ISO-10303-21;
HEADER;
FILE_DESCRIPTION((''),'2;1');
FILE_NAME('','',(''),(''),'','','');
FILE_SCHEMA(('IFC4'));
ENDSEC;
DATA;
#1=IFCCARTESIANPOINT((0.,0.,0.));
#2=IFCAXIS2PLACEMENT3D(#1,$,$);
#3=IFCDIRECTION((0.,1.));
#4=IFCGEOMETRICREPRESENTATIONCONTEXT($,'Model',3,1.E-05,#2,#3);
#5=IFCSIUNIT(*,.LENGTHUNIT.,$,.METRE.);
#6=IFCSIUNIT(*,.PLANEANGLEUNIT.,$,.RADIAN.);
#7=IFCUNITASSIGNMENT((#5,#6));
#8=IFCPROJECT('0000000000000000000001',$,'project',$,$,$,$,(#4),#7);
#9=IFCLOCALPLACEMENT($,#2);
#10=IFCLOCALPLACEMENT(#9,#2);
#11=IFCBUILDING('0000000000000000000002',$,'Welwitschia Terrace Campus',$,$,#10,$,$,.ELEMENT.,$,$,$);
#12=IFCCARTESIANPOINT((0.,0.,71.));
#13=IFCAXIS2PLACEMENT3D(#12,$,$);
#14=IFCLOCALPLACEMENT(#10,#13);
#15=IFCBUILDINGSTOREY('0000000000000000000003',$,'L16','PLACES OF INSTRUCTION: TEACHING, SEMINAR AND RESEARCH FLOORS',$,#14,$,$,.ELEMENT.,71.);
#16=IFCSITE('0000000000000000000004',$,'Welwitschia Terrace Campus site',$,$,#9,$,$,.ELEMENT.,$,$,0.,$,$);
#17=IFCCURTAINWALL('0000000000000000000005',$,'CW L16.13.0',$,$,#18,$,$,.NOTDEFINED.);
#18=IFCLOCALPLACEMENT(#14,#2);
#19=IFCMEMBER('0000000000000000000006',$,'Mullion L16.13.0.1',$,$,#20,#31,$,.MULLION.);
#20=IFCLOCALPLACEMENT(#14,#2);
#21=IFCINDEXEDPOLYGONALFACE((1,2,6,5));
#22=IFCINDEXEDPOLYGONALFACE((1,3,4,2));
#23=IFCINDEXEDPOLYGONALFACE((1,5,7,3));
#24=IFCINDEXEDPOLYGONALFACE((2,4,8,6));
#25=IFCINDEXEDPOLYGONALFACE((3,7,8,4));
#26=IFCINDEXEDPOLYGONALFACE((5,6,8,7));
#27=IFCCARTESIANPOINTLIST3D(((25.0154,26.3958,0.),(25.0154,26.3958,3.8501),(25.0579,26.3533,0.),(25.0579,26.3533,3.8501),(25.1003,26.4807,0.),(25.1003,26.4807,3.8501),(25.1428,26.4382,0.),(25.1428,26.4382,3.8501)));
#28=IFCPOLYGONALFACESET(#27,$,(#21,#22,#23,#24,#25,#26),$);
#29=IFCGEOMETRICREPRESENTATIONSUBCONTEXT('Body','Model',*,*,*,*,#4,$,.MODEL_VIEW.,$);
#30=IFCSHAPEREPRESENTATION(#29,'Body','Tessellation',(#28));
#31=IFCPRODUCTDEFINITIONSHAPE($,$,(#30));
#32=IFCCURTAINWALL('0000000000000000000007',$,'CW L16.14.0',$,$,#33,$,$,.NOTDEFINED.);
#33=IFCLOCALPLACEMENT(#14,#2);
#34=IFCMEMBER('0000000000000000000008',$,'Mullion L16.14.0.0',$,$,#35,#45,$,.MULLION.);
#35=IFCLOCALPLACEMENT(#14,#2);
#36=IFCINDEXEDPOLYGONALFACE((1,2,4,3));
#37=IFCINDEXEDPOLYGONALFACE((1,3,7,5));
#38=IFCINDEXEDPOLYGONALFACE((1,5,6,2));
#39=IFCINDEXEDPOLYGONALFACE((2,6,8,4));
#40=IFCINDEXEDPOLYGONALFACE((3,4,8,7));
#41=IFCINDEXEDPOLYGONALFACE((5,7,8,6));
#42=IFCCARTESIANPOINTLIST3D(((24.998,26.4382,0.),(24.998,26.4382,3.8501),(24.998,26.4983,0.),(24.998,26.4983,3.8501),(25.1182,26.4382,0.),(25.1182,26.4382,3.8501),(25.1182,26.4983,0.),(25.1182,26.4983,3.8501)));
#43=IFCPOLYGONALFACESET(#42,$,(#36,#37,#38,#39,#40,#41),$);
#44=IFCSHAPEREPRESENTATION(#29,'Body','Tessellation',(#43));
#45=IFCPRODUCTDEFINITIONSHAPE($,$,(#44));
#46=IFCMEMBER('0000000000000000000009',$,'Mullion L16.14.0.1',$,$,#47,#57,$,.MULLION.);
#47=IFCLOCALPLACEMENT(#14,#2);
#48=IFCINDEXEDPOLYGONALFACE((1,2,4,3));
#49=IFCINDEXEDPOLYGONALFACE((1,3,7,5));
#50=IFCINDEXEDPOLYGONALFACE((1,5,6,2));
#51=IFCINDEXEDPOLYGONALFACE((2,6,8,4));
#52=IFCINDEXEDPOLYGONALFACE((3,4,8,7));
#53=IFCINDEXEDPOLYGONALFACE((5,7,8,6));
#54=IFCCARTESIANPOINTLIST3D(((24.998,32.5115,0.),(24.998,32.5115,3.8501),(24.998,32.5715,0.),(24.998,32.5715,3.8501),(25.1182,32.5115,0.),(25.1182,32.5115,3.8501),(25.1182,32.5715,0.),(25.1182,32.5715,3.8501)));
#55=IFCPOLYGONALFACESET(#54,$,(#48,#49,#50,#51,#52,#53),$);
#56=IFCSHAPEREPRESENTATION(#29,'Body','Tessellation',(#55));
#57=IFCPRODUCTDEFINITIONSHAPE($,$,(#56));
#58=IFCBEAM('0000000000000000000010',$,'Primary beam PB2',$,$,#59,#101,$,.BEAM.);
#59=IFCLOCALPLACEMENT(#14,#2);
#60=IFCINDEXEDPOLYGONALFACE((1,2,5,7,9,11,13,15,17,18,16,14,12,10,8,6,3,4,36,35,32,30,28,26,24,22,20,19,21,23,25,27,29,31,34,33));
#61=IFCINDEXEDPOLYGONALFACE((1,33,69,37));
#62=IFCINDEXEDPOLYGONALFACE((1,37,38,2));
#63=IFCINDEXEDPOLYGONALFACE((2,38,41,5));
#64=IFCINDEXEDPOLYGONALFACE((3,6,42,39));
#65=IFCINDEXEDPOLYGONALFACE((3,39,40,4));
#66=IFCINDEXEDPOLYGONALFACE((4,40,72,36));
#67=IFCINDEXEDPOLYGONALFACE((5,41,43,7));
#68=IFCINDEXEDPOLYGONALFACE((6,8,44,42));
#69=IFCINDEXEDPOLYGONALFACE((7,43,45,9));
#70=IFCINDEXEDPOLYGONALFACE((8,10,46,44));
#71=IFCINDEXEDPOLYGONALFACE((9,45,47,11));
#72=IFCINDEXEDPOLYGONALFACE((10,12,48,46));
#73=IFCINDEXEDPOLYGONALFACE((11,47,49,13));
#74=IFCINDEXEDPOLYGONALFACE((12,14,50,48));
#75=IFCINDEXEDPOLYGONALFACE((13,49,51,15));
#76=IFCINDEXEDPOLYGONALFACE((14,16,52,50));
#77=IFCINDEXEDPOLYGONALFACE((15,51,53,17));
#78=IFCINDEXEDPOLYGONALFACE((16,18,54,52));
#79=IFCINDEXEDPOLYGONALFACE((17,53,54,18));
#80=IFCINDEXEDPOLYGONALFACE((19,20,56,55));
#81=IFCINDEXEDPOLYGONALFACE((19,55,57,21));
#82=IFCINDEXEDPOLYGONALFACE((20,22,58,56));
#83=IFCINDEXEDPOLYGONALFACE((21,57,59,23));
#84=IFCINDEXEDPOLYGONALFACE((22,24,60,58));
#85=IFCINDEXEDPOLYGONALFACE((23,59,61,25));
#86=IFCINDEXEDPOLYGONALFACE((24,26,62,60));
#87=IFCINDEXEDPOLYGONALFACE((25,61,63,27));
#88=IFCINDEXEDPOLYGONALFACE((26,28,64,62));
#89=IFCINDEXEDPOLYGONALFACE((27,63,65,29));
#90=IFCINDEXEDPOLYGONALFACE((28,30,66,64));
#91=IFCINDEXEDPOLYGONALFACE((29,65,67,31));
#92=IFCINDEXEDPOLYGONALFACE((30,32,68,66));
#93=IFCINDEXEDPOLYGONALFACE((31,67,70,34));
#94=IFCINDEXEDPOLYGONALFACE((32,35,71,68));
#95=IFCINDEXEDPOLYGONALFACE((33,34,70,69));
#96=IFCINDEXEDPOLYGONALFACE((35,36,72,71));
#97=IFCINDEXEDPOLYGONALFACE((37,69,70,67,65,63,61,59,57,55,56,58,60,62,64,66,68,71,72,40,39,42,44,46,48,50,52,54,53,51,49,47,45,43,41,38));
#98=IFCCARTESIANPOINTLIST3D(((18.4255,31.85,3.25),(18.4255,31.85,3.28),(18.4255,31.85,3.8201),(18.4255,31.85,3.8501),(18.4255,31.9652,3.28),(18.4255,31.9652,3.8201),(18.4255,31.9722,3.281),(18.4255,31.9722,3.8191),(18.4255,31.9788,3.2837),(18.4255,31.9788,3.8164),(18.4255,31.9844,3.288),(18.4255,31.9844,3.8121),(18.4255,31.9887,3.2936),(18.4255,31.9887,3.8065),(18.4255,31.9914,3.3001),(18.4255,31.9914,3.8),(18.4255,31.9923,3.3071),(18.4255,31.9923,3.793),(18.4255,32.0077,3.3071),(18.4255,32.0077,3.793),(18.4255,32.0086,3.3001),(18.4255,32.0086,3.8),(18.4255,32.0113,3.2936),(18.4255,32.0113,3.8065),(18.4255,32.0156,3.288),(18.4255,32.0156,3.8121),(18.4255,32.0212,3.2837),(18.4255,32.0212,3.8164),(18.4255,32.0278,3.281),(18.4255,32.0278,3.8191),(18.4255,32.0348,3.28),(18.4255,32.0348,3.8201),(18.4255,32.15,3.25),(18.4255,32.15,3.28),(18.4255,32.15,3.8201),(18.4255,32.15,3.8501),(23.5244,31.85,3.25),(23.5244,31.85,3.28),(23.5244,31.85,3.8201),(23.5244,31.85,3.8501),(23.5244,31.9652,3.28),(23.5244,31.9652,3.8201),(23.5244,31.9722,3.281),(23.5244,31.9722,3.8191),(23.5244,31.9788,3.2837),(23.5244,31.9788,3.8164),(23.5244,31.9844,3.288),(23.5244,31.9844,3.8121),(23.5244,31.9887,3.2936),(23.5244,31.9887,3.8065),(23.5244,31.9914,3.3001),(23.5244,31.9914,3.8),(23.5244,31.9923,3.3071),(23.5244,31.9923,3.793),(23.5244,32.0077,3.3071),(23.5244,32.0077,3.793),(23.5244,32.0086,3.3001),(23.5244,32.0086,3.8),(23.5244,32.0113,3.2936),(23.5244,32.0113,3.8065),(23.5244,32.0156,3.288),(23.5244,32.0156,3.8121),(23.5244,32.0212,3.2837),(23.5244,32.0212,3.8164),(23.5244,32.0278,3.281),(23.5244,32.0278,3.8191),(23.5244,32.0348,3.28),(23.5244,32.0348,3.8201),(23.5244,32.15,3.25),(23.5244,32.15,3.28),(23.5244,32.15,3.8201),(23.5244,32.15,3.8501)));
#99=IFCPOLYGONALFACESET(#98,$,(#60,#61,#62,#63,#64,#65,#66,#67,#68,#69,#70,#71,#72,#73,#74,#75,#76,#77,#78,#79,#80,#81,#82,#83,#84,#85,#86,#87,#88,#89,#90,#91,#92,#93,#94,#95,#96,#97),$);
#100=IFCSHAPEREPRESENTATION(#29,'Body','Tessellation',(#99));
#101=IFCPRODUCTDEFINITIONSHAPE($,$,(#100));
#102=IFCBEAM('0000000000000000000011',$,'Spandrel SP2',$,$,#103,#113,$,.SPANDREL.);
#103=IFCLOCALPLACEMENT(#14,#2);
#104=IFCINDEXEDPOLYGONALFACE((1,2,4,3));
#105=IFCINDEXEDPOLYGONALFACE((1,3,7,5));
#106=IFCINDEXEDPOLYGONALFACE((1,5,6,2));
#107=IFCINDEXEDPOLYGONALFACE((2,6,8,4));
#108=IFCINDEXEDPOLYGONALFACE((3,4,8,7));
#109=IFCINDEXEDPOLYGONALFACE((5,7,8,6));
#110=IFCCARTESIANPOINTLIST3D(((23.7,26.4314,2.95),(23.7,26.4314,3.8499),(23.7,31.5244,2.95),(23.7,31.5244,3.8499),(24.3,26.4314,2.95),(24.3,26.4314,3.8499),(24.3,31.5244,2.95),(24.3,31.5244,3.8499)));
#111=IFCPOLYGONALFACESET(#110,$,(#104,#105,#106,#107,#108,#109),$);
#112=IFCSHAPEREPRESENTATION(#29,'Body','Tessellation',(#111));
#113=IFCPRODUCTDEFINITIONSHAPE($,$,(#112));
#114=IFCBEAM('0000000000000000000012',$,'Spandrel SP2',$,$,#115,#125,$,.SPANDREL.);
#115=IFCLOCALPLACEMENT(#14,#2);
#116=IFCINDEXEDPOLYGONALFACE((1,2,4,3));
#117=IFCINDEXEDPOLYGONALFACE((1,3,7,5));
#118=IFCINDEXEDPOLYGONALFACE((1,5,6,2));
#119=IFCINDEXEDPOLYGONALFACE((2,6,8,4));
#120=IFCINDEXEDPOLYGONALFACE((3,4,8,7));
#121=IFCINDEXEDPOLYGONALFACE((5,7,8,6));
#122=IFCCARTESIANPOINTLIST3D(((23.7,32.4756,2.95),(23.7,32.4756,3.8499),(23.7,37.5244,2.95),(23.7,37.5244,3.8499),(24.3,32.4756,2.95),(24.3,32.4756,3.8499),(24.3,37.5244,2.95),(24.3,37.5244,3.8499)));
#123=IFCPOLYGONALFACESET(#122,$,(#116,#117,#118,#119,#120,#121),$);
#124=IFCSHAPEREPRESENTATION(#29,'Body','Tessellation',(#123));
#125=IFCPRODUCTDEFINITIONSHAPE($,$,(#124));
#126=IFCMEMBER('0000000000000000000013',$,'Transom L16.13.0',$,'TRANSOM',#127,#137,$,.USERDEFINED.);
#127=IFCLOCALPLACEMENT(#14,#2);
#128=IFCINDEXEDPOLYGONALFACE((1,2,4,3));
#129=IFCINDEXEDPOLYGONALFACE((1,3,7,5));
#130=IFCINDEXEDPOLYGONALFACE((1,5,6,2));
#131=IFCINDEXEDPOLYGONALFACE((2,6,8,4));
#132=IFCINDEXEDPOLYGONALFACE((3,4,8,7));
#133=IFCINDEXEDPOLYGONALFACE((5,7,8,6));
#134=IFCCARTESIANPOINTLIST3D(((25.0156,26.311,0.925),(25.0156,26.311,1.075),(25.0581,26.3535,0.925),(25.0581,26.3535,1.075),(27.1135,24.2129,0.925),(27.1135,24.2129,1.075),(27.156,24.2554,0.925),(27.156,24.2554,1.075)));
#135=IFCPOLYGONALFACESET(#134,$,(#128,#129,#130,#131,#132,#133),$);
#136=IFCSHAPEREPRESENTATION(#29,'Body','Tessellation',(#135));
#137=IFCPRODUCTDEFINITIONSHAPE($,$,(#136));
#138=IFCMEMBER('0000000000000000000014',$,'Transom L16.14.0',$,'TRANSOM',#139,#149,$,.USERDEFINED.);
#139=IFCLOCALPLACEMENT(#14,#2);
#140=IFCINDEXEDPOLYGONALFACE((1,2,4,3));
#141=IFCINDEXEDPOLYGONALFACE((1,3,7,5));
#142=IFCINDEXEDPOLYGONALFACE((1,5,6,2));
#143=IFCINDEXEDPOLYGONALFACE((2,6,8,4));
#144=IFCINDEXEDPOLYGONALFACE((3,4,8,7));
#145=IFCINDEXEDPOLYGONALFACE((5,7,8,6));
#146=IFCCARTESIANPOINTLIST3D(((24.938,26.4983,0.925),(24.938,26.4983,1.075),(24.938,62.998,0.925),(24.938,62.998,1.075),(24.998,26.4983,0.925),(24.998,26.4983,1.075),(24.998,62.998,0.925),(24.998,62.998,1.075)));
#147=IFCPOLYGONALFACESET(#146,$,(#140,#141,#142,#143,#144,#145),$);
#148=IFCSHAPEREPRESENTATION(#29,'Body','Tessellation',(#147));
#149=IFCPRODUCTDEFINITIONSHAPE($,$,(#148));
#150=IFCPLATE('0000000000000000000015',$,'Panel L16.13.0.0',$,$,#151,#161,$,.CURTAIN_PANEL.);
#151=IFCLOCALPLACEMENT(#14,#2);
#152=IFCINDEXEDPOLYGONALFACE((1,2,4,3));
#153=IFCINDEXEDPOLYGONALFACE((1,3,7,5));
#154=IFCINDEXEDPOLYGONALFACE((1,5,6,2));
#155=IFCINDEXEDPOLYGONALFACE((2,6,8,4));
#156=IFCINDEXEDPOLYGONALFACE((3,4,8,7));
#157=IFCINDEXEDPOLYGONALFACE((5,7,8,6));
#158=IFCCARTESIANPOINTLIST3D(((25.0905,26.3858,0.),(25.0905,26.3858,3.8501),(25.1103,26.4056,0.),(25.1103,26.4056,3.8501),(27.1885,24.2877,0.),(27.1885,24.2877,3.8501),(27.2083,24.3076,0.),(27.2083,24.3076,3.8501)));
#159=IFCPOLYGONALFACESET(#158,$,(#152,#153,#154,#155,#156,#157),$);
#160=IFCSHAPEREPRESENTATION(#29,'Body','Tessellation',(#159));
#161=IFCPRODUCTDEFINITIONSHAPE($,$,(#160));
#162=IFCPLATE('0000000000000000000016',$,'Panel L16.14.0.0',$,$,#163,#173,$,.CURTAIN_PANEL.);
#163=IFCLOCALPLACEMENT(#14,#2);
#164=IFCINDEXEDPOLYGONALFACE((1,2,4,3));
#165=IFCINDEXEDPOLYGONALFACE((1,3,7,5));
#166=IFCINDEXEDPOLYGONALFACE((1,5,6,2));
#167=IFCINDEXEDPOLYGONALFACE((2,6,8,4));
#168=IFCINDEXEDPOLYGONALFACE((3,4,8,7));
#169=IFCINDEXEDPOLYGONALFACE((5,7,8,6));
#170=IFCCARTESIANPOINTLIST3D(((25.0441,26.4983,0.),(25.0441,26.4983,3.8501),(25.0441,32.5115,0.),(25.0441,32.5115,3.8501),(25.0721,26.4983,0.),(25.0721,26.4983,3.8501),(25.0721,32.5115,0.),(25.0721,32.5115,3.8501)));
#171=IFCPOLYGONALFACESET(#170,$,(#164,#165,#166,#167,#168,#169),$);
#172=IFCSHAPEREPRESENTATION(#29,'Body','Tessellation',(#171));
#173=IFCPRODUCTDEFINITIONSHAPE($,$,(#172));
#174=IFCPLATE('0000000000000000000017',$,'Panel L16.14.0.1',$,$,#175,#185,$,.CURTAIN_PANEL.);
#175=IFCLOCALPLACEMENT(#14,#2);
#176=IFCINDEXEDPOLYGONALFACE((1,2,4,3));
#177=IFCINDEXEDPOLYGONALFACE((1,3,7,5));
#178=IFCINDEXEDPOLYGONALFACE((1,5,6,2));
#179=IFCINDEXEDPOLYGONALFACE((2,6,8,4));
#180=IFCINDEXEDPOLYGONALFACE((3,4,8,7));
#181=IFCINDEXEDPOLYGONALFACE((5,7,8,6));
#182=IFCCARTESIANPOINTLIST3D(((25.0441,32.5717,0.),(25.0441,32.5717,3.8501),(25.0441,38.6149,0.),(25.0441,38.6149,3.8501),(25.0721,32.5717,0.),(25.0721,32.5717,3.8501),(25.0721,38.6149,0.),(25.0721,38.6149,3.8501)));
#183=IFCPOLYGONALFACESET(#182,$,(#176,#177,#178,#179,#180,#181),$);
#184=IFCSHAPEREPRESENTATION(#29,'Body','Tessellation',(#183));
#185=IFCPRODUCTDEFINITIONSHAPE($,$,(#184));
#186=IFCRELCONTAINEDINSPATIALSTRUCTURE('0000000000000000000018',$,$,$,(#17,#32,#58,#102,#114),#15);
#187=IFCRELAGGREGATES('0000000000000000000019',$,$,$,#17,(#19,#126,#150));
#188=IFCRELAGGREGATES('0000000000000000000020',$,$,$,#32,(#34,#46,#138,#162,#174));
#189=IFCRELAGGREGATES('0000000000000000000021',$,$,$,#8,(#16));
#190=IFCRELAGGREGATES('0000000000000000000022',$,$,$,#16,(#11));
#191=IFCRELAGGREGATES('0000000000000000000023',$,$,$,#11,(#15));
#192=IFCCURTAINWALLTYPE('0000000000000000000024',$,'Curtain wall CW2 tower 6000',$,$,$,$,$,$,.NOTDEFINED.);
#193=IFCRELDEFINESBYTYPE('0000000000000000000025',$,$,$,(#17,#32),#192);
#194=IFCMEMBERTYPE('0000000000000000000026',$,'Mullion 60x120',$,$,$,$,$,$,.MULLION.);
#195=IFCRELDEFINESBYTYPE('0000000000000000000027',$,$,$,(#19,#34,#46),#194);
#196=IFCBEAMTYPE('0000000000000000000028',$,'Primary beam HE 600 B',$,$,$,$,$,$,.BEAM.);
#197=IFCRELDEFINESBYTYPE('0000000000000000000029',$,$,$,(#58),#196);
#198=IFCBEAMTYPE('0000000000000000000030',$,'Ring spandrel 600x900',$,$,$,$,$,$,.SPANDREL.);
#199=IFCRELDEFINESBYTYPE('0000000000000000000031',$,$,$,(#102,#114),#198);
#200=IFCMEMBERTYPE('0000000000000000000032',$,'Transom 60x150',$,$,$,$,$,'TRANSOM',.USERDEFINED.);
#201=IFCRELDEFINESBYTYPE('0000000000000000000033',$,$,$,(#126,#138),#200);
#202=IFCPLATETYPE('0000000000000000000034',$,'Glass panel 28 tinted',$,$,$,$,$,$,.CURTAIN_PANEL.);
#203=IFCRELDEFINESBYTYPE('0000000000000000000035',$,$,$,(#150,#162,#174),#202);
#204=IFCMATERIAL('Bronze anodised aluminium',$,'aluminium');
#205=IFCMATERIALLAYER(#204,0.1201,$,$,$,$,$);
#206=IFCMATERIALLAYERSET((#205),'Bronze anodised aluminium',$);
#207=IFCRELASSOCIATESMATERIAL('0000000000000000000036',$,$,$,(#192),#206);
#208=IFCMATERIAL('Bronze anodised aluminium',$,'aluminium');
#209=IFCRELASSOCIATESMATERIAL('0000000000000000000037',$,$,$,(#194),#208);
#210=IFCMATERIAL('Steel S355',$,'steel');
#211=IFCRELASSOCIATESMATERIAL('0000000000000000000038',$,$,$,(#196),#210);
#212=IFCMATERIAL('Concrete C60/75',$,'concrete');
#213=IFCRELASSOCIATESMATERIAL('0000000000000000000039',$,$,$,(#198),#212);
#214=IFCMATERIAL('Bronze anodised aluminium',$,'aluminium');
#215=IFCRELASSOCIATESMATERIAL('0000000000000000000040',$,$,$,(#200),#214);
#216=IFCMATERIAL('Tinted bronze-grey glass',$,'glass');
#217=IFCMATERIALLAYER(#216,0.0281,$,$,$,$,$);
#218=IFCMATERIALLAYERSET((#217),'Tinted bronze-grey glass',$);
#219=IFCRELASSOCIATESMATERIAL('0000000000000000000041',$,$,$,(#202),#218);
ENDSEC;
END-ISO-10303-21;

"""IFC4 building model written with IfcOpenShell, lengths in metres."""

from ifc_helpers import new_model, si_unit, direction, frame, origin, origin_2d, place, context, subcontext, project, spatial, rectangle, i_section, extrude, material, layer, layer_set, material_profile, profile_set, type_object, element, aggregate, save


model = new_model("IFC4")

# Units and contexts
model_context = context("Model", 3, precision=1e-05, world=origin(), true_north=direction((0.0, 1.0)))
body_context = subcontext(model_context, "Body", "Model", "MODEL_VIEW")
ifc_project = project(units=[si_unit("LENGTHUNIT", "METRE"), si_unit("PLANEANGLEUNIT", "RADIAN")], contexts=[model_context])

# Site, building, storey
site_placement = place(None, origin())
site = spatial("IfcSite", under=ifc_project, at=site_placement, Name="Welwitschia Terrace Campus site", CompositionType="ELEMENT", RefElevation=0.0)
building_placement = place(site_placement, origin())
building = spatial("IfcBuilding", under=site, at=building_placement, Name="Welwitschia Terrace Campus", CompositionType="ELEMENT")
storey_placement = place(building_placement, frame((0.0, 0.0, 71.0)))
storey = spatial("IfcBuildingStorey", under=building, at=storey_placement, Name="L16", Description="PLACES OF INSTRUCTION: TEACHING, SEMINAR AND RESEARCH FLOORS", CompositionType="ELEMENT", Elevation=71.0)

# Curtain walls, members
ifc_material_1 = material(Name="Bronze anodised aluminium", Category="aluminium")
ifc_layer_1 = layer(ifc_material_1, 0.1201)
ifc_layer_set_1 = layer_set([ifc_layer_1], Name="Bronze anodised aluminium")
curtain_wall_type = type_object("IfcCurtainWallType", Name="Curtain wall CW2 tower 6000", PredefinedType="NOTDEFINED", material=ifc_layer_set_1)
curtain_wall_1_placement = place(storey_placement, origin())
curtain_wall_1 = element("IfcCurtainWall", 1, at=curtain_wall_1_placement, inside=storey, type_object=curtain_wall_type, Name="CW L16.13.0", PredefinedType="NOTDEFINED")
ifc_material_2 = material(Name="Bronze anodised aluminium", Category="aluminium")
ifc_material_profile_1 = material_profile(ifc_material_2, rectangle(XDim=0.1201, YDim=0.0601, at=origin_2d()))
ifc_profile_set_1 = profile_set([ifc_material_profile_1], Name="Bronze anodised aluminium")
member_type_1 = type_object("IfcMemberType", Name="Mullion 60x120", PredefinedType="MULLION", material=ifc_profile_set_1)
member_1_placement = place(storey_placement, frame((25.0791, 26.417, 0.0), z_axis=(0.0, 0.0, 1.0), x_axis=(-0.707107, -0.707107, 0.0)))
member_1 = element("IfcMember", 2, at=member_1_placement, type_object=member_type_1, Name="Mullion L16.13.0.1", PredefinedType="MULLION", context=body_context, shape_type="SweptSolid", body=[
    extrude(rectangle(XDim=0.1201, YDim=0.0601, at=origin_2d()), origin(), (0.0, 0.0, 1.0), 3.8501),
])
curtain_wall_2_placement = place(storey_placement, origin())
curtain_wall_2 = element("IfcCurtainWall", 3, at=curtain_wall_2_placement, inside=storey, type_object=curtain_wall_type, Name="CW L16.14.0", PredefinedType="NOTDEFINED")
member_2_placement = place(storey_placement, frame((25.0581, 26.4683, 0.0), z_axis=(0.0, 0.0, 1.0), x_axis=(-1.0, 0.0, 0.0)))
member_2 = element("IfcMember", 4, at=member_2_placement, type_object=member_type_1, Name="Mullion L16.14.0.0", PredefinedType="MULLION", context=body_context, shape_type="SweptSolid", body=[
    extrude(rectangle(XDim=0.1201, YDim=0.0601, at=origin_2d()), origin(), (0.0, 0.0, 1.0), 3.8501),
])
member_3_placement = place(storey_placement, frame((25.0581, 32.5415, 0.0), z_axis=(0.0, 0.0, 1.0), x_axis=(-1.0, 0.0, 0.0)))
member_3 = element("IfcMember", 5, at=member_3_placement, type_object=member_type_1, Name="Mullion L16.14.0.1", PredefinedType="MULLION", context=body_context, shape_type="SweptSolid", body=[
    extrude(rectangle(XDim=0.1201, YDim=0.0601, at=origin_2d()), origin(), (0.0, 0.0, 1.0), 3.8501),
])

# Beams
ifc_material_3 = material(Name="Steel S355", Category="steel")
ifc_material_profile_2 = material_profile(ifc_material_3, i_section(OverallWidth=0.3, OverallDepth=0.6001, WebThickness=0.0154, FlangeThickness=0.03, FilletRadius=0.0271, at=origin_2d()))
ifc_profile_set_2 = profile_set([ifc_material_profile_2], Name="Steel S355")
beam_type_1 = type_object("IfcBeamType", Name="Primary beam HE 600 B", PredefinedType="BEAM", material=ifc_profile_set_2)
beam_1_placement = place(storey_placement, frame((23.5244, 32.0, 3.55), z_axis=(-1.0, 0.0, 0.0), x_axis=(0.0, -1.0, 0.0)))
element("IfcBeam", 6, at=beam_1_placement, inside=storey, type_object=beam_type_1, Name="Primary beam PB2", PredefinedType="BEAM", context=body_context, shape_type="SweptSolid", body=[
    extrude(i_section(OverallWidth=0.3, OverallDepth=0.6001, WebThickness=0.0154, FlangeThickness=0.03, FilletRadius=0.0271, at=origin_2d()), origin(), (0.0, 0.0, 1.0), 5.0989),
])
ifc_material_4 = material(Name="Concrete C60/75", Category="concrete")
ifc_material_profile_3 = material_profile(ifc_material_4, rectangle(XDim=0.6001, YDim=0.8999, at=origin_2d()))
ifc_profile_set_3 = profile_set([ifc_material_profile_3], Name="Concrete C60/75")
beam_type_2 = type_object("IfcBeamType", Name="Ring spandrel 600x900", PredefinedType="SPANDREL", material=ifc_profile_set_3)
beam_2_placement = place(storey_placement, frame((24.0, 26.4314, 3.3999), z_axis=(0.0, 1.0, 0.0), x_axis=(-1.0, 0.0, 0.0)))
element("IfcBeam", 7, at=beam_2_placement, inside=storey, type_object=beam_type_2, Name="Spandrel SP2", PredefinedType="SPANDREL", context=body_context, shape_type="SweptSolid", body=[
    extrude(rectangle(XDim=0.6001, YDim=0.8999, at=origin_2d()), origin(), (0.0, 0.0, 1.0), 5.093),
])
beam_3_placement = place(storey_placement, frame((24.0, 32.4756, 3.3999), z_axis=(0.0, 1.0, 0.0), x_axis=(-1.0, 0.0, 0.0)))
element("IfcBeam", 8, at=beam_3_placement, inside=storey, type_object=beam_type_2, Name="Spandrel SP2", PredefinedType="SPANDREL", context=body_context, shape_type="SweptSolid", body=[
    extrude(rectangle(XDim=0.6001, YDim=0.8999, at=origin_2d()), origin(), (0.0, 0.0, 1.0), 5.0488),
])

# Members
ifc_material_5 = material(Name="Bronze anodised aluminium", Category="aluminium")
ifc_material_profile_4 = material_profile(ifc_material_5, rectangle(XDim=0.0601, YDim=0.1499, at=origin_2d()))
ifc_profile_set_4 = profile_set([ifc_material_profile_4], Name="Bronze anodised aluminium")
member_type_2 = type_object("IfcMemberType", Name="Transom 60x150", ElementType="TRANSOM", PredefinedType="USERDEFINED", material=ifc_profile_set_4)
member_4_placement = place(storey_placement, frame((27.1348, 24.2341, 1.0), z_axis=(-0.707066, 0.707148, 0.0), x_axis=(-0.707148, -0.707066, 0.0)))
member_4 = element("IfcMember", 9, at=member_4_placement, type_object=member_type_2, Name="Transom L16.13.0", ObjectType="TRANSOM", PredefinedType="USERDEFINED", context=body_context, shape_type="SweptSolid", body=[
    extrude(rectangle(XDim=0.0601, YDim=0.1499, at=origin_2d()), origin(), (0.0, 0.0, 1.0), 2.967),
])
member_5_placement = place(storey_placement, frame((24.968, 26.4983, 1.0), z_axis=(0.0, 1.0, 0.0), x_axis=(-1.0, 0.0, 0.0)))
member_5 = element("IfcMember", 10, at=member_5_placement, type_object=member_type_2, Name="Transom L16.14.0", ObjectType="TRANSOM", PredefinedType="USERDEFINED", context=body_context, shape_type="SweptSolid", body=[
    extrude(rectangle(XDim=0.0601, YDim=0.1499, at=origin_2d()), origin(), (0.0, 0.0, 1.0), 36.4998),
])

# Plates
ifc_material_6 = material(Name="Tinted bronze-grey glass", Category="glass")
ifc_layer_2 = layer(ifc_material_6, 0.0281)
ifc_layer_set_2 = layer_set([ifc_layer_2], Name="Tinted bronze-grey glass")
plate_type = type_object("IfcPlateType", Name="Glass panel 28 tinted", PredefinedType="CURTAIN_PANEL", material=ifc_layer_set_2)
plate_1_placement = place(storey_placement, frame((26.1494, 25.3467, 0.0), z_axis=(0.0, 0.0, 1.0), x_axis=(-0.707107, 0.707107, 0.0)))
plate_1 = element("IfcPlate", 11, at=plate_1_placement, type_object=plate_type, Name="Panel L16.13.0.0", PredefinedType="CURTAIN_PANEL", context=body_context, shape_type="SweptSolid", body=[
    extrude(rectangle(XDim=2.967, YDim=0.0281, at=origin_2d()), origin(), (0.0, 0.0, 1.0), 3.8501),
])
aggregate(curtain_wall_1, [member_1, member_4, plate_1])
plate_2_placement = place(storey_placement, frame((25.0581, 29.5049, 0.0), z_axis=(0.0, 0.0, 1.0), x_axis=(0.0, 1.0, 0.0)))
plate_2 = element("IfcPlate", 12, at=plate_2_placement, type_object=plate_type, Name="Panel L16.14.0.0", PredefinedType="CURTAIN_PANEL", context=body_context, shape_type="SweptSolid", body=[
    extrude(rectangle(XDim=6.0132, YDim=0.0281, at=origin_2d()), origin(), (0.0, 0.0, 1.0), 3.8501),
])
plate_3_placement = place(storey_placement, frame((25.0581, 35.5933, 0.0), z_axis=(0.0, 0.0, 1.0), x_axis=(0.0, 1.0, 0.0)))
plate_3 = element("IfcPlate", 13, at=plate_3_placement, type_object=plate_type, Name="Panel L16.14.0.1", PredefinedType="CURTAIN_PANEL", context=body_context, shape_type="SweptSolid", body=[
    extrude(rectangle(XDim=6.0432, YDim=0.0281, at=origin_2d()), origin(), (0.0, 0.0, 1.0), 3.8501),
])
aggregate(curtain_wall_2, [member_2, member_3, member_5, plate_2, plate_3])

save(model, "model.ifc")
